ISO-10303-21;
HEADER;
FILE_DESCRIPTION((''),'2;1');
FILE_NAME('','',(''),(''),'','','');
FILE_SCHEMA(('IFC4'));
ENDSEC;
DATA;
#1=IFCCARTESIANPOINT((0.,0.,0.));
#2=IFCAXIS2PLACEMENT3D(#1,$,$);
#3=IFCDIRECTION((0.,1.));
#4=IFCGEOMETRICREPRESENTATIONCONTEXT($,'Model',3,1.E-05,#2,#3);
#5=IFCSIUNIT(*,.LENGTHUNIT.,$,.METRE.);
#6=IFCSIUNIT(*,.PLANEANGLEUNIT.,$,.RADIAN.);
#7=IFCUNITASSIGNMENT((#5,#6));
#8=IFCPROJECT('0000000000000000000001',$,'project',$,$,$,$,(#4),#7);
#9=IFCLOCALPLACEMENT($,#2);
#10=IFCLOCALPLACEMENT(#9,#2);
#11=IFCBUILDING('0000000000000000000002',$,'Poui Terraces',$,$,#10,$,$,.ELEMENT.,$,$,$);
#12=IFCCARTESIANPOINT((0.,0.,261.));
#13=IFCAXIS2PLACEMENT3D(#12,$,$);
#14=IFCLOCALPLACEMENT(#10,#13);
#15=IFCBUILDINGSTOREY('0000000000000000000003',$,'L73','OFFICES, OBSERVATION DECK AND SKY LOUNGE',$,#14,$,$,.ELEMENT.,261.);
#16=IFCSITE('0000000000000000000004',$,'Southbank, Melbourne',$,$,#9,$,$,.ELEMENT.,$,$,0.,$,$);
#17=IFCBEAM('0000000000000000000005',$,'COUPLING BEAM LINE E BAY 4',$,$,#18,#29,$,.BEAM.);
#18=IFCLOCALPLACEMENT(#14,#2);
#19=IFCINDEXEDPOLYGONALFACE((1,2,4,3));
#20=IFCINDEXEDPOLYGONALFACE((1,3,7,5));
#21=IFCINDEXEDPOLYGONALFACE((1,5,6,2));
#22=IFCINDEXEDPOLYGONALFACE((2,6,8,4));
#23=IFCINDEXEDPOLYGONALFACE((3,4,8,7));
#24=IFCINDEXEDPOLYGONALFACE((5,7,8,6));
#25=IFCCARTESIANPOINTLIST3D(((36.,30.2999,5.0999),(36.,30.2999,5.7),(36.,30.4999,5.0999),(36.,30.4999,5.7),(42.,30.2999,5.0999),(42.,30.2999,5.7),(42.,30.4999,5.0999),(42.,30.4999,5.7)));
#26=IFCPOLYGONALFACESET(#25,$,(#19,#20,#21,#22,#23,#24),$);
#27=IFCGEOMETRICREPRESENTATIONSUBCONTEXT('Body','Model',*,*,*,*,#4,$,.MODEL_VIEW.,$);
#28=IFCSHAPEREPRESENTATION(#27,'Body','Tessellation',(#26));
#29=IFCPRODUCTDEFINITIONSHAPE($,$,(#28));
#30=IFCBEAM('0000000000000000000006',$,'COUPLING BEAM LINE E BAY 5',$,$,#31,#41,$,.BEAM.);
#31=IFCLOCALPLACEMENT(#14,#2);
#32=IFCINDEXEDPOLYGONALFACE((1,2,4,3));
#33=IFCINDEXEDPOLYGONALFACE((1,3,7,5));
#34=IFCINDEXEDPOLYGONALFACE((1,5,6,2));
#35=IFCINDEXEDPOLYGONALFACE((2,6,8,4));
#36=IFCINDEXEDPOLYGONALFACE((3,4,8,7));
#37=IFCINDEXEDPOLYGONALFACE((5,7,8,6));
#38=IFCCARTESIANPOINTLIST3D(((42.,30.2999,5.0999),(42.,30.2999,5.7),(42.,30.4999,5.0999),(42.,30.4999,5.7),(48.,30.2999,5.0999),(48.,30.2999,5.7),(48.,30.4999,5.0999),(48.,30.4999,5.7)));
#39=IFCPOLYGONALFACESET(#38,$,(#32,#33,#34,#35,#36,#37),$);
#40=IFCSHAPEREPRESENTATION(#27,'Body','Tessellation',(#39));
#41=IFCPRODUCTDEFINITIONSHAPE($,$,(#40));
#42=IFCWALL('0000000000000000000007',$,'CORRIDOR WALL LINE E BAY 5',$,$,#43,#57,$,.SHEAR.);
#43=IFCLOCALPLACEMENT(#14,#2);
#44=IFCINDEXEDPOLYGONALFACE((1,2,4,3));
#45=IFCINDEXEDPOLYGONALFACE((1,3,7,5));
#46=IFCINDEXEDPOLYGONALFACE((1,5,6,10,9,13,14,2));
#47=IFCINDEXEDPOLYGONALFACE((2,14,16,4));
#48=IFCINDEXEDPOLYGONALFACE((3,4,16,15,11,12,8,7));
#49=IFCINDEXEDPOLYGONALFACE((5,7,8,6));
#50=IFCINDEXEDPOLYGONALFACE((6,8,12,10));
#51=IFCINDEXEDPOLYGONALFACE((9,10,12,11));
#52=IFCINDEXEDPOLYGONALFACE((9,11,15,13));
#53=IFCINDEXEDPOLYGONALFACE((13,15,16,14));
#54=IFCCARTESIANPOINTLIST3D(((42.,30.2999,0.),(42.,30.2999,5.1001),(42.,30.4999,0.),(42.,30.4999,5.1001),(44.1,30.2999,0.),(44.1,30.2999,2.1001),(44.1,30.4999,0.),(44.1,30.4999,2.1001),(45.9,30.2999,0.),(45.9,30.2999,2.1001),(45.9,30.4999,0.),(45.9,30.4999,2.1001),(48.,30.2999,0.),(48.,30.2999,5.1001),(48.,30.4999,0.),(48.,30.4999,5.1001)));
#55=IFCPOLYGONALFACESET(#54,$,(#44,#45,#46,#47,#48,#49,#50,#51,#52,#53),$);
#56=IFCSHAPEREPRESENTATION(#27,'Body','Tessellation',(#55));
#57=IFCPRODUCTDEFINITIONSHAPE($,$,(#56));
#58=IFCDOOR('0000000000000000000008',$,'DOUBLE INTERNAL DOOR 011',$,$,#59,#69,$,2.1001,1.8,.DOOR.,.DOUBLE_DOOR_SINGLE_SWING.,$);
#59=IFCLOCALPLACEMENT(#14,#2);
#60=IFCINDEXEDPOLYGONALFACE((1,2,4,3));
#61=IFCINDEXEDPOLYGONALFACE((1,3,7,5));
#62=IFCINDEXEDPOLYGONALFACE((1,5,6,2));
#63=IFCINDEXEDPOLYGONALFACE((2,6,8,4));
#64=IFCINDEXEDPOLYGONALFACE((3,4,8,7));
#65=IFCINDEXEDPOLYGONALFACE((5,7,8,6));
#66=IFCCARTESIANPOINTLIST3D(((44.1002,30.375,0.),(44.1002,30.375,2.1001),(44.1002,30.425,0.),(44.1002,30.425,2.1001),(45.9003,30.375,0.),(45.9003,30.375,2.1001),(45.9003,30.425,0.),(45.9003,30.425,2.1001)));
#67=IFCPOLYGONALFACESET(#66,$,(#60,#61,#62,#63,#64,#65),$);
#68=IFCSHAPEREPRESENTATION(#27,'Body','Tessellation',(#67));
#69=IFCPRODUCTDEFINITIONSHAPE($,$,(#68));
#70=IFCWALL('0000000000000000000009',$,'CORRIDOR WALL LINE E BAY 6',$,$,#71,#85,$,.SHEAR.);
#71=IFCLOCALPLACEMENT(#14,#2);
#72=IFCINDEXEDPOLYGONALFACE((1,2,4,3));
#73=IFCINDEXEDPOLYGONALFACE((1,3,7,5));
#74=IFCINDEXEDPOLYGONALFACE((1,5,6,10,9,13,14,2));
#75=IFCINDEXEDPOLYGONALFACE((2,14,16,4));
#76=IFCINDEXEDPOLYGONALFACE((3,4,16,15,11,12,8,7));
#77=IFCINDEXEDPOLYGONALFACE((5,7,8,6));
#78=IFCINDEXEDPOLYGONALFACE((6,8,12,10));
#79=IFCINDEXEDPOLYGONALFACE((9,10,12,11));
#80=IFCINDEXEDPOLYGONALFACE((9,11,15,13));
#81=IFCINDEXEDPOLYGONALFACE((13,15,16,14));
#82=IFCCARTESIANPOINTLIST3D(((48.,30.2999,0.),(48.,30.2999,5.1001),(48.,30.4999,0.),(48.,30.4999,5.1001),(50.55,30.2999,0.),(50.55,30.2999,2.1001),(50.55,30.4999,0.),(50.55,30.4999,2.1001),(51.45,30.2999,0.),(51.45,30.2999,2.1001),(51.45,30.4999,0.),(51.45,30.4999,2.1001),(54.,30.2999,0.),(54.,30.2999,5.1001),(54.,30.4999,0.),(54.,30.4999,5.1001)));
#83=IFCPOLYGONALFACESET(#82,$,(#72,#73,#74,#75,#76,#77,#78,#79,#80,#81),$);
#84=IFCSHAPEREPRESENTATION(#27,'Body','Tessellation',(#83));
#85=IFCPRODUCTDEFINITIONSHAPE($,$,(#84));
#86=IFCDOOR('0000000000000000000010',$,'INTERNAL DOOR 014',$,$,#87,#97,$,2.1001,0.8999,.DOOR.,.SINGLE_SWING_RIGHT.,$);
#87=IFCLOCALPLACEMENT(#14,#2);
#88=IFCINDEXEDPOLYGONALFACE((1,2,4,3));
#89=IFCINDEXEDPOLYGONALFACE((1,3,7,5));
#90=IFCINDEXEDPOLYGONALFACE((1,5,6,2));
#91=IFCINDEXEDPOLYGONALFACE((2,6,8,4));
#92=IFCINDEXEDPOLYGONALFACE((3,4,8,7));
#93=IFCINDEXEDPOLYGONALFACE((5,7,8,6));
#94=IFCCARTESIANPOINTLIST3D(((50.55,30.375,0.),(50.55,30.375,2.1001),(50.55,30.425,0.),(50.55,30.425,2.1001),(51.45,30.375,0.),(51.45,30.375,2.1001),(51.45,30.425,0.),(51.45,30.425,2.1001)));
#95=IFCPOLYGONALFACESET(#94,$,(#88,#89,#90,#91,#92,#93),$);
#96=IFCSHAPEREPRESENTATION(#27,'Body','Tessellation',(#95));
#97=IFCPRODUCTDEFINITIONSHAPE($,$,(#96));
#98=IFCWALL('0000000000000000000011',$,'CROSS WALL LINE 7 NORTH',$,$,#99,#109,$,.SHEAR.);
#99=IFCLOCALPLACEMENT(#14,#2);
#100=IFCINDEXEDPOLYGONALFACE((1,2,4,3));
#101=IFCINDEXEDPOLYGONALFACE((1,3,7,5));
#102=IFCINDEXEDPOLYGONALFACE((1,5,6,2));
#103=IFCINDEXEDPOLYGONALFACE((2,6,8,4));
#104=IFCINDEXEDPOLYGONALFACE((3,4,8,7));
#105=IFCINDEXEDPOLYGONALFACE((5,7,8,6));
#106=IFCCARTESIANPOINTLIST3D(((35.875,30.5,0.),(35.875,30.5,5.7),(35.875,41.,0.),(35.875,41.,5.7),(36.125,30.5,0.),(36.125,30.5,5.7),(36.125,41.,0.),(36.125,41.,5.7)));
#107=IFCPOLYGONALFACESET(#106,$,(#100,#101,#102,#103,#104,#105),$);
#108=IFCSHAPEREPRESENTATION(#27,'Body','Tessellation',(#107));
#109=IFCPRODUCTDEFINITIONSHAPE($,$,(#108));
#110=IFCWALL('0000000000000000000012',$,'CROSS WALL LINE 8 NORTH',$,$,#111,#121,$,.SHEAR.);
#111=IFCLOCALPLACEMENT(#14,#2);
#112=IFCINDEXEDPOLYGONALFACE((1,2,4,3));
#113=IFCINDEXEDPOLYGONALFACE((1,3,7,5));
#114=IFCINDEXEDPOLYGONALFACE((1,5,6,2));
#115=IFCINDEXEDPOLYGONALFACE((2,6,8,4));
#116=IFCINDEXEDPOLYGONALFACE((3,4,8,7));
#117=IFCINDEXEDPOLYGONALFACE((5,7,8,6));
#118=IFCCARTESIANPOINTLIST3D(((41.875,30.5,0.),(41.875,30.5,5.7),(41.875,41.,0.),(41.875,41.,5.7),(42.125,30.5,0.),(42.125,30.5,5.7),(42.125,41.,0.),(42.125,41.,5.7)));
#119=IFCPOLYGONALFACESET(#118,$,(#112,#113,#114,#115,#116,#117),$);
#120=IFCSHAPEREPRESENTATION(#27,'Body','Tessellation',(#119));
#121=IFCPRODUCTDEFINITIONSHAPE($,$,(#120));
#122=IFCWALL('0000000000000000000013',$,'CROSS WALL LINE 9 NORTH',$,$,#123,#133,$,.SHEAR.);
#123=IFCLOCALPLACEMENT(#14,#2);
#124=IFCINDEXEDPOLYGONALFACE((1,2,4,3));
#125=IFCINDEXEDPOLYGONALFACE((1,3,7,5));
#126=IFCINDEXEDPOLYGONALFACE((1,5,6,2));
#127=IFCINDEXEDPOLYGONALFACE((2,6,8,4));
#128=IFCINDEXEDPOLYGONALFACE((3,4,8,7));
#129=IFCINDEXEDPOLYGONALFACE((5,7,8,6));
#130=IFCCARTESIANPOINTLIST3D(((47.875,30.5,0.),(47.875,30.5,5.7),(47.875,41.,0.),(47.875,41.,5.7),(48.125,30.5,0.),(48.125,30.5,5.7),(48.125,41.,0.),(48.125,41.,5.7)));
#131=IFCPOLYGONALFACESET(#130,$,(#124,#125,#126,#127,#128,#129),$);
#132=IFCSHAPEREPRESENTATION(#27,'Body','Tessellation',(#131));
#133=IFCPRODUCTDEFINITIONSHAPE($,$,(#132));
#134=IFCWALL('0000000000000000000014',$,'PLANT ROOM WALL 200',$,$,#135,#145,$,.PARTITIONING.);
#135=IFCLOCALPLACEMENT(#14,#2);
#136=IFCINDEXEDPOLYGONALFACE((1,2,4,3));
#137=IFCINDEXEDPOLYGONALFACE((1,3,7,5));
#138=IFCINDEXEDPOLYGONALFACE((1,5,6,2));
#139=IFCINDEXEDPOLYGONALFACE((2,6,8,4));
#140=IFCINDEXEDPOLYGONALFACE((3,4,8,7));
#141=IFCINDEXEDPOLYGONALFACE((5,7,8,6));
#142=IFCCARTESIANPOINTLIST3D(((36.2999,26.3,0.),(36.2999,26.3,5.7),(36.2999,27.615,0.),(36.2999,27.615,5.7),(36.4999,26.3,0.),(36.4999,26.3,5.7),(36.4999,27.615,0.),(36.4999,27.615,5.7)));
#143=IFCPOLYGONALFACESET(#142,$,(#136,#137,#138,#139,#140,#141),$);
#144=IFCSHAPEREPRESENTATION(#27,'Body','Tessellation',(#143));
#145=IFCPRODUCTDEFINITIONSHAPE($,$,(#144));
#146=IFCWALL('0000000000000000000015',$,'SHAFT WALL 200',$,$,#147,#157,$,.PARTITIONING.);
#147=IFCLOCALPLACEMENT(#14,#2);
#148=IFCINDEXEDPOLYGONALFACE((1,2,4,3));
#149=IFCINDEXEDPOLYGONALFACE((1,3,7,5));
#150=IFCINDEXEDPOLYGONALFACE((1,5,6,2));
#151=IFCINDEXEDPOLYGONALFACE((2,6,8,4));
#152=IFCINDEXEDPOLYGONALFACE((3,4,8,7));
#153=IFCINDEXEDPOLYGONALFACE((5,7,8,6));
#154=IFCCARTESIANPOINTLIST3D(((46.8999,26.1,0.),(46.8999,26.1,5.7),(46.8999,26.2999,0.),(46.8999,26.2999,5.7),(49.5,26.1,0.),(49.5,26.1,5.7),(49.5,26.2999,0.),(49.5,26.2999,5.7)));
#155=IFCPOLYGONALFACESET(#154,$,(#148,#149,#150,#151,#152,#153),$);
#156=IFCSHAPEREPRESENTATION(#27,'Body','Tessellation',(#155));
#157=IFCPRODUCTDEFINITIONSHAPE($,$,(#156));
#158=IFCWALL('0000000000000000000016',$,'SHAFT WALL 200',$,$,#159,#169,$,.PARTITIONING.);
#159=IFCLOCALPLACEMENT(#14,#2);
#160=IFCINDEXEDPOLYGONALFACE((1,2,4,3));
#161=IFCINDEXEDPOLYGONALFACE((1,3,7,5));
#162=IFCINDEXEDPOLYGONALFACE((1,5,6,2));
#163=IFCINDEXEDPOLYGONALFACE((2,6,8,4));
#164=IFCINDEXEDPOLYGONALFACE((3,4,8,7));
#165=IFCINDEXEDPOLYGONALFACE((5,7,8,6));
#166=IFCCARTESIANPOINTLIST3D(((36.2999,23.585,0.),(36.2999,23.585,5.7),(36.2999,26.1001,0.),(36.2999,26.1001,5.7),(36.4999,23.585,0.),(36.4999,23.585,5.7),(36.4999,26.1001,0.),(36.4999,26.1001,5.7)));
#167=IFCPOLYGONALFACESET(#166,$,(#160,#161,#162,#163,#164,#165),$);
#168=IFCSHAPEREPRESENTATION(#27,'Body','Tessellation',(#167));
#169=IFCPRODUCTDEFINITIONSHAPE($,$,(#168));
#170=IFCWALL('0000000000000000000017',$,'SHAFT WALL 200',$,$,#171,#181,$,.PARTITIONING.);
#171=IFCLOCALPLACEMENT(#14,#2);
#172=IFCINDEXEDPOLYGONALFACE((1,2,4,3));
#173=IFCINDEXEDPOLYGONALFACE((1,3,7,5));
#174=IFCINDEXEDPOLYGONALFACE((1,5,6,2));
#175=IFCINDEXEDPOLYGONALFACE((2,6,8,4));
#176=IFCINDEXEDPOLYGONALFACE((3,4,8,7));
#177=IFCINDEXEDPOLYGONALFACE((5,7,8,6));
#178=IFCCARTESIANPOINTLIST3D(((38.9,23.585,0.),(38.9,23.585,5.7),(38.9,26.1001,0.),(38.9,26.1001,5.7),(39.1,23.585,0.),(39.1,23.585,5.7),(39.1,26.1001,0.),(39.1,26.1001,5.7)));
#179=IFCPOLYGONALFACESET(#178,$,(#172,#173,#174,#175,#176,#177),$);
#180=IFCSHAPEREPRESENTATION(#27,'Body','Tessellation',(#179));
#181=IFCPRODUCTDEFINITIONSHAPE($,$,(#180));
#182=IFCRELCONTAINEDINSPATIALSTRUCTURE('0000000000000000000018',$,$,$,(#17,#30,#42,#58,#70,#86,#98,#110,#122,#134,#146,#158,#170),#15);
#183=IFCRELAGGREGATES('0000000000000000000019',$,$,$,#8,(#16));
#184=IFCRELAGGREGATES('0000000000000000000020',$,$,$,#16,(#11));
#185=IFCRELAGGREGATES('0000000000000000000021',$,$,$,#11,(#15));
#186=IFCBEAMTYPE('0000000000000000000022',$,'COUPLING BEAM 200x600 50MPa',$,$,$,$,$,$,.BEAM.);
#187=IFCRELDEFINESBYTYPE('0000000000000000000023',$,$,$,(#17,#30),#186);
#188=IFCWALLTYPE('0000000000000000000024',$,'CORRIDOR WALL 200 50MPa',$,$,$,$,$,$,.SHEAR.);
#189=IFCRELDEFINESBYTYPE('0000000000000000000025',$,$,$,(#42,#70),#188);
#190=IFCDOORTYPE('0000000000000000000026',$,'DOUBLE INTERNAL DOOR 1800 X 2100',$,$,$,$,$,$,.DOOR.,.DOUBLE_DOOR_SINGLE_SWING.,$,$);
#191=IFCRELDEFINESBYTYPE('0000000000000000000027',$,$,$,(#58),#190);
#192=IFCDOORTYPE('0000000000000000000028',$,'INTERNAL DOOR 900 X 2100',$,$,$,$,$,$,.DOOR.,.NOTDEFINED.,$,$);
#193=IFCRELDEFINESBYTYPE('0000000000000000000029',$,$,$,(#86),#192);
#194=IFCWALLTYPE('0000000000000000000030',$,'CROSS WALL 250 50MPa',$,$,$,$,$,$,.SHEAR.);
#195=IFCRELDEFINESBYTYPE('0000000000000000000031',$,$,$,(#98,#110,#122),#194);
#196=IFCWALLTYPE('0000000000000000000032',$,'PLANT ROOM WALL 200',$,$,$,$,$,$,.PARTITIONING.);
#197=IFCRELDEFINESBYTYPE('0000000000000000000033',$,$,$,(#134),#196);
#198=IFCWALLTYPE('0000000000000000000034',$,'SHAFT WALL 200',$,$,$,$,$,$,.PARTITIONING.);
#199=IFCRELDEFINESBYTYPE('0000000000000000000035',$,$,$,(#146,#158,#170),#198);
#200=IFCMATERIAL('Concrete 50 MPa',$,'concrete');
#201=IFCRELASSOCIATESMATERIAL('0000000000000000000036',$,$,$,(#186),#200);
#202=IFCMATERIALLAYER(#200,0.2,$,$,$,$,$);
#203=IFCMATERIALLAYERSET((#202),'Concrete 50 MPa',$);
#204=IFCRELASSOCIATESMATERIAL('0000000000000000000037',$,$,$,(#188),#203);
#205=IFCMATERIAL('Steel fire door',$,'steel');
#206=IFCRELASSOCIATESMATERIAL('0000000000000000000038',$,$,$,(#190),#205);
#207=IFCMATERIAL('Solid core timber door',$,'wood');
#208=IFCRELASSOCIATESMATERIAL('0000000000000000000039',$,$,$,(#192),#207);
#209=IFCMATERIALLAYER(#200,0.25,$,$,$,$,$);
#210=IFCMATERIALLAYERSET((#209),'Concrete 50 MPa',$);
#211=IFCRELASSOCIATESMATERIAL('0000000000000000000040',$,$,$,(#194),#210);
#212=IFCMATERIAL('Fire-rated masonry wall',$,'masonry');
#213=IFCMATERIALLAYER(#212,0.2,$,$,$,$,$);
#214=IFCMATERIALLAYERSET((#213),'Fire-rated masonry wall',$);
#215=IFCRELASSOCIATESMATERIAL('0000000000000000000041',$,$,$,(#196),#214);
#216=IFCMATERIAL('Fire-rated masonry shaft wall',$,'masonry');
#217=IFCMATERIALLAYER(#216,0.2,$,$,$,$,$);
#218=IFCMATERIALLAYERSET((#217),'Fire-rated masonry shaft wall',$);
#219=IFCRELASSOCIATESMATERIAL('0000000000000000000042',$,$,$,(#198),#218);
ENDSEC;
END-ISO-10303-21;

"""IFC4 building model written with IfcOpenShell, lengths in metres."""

from ifc_helpers import new_model, si_unit, direction, frame, frame_2d, origin, origin_2d, place, context, subcontext, project, spatial, rectangle, extrude, source, transform, mapped, material, layer, layer_set, material_profile, profile_set, type_object, element, fill, save


model = new_model("IFC4")

# Units and contexts
model_context = context("Model", 3, precision=1e-05, world=origin(), true_north=direction((0.0, 1.0)))
body_context = subcontext(model_context, "Body", "Model", "MODEL_VIEW")
ifc_project = project(units=[si_unit("LENGTHUNIT", "METRE"), si_unit("PLANEANGLEUNIT", "RADIAN")], contexts=[model_context])

# Site, building, storey
site_placement = place(None, origin())
site = spatial("IfcSite", under=ifc_project, at=site_placement, Name="Southbank, Melbourne", CompositionType="ELEMENT", RefElevation=0.0)
building_placement = place(site_placement, origin())
building = spatial("IfcBuilding", under=site, at=building_placement, Name="Poui Terraces", CompositionType="ELEMENT")
storey_placement = place(building_placement, frame((0.0, 0.0, 261.0)))
storey = spatial("IfcBuildingStorey", under=building, at=storey_placement, Name="L73", Description="OFFICES, OBSERVATION DECK AND SKY LOUNGE", CompositionType="ELEMENT", Elevation=261.0)

# Beams
ifc_material_1 = material(Name="Concrete 50 MPa", Category="concrete")
ifc_material_profile = material_profile(ifc_material_1, rectangle(XDim=0.2, YDim=0.6001, at=origin_2d()), Name="RC 200x600")
ifc_profile_set = profile_set([ifc_material_profile], Name="Concrete 50 MPa")
beam_type = type_object("IfcBeamType", Name="COUPLING BEAM 200x600 50MPa", PredefinedType="BEAM", material=ifc_profile_set)
shared_shape = source(origin(), body_context, "Body", "SweptSolid", [
    extrude(rectangle(XDim=0.2, YDim=0.6001, at=origin_2d()), origin(), (0.0, 0.0, 1.0), 6.0),
])
for number, where, z_axis, x_axis, name in (
    (1, (36.0, 30.3999, 5.3999), (1.0, 0.0, 0.0), (0.0, 1.0, 0.0), "COUPLING BEAM LINE E BAY 4"),
    (2, (42.0, 30.3999, 5.3999), (1.0, 0.0, 0.0), (0.0, 1.0, 0.0), "COUPLING BEAM LINE E BAY 5"),
):
    element("IfcBeam", number, at=place(storey_placement, frame(where, z_axis=z_axis, x_axis=x_axis)), inside=storey, type_object=beam_type, Name=name, PredefinedType="BEAM", context=body_context, shape_type="MappedRepresentation", body=[
        mapped(shared_shape, transform((0.0, 0.0, 0.0))),
    ])

# Walls, openings, doors
ifc_layer_1 = layer(ifc_material_1, 0.2)
ifc_layer_set_1 = layer_set([ifc_layer_1], Name="Concrete 50 MPa")
wall_type_1 = type_object("IfcWallType", Name="CORRIDOR WALL 200 50MPa", PredefinedType="SHEAR", material=ifc_layer_set_1)
wall_1_placement = place(storey_placement, frame((42.0, 30.3999, 0.0), z_axis=(0.0, 0.0, 1.0), x_axis=(1.0, 0.0, 0.0)))
wall_1 = element("IfcWall", 3, at=wall_1_placement, inside=storey, type_object=wall_type_1, Name="CORRIDOR WALL LINE E BAY 5", PredefinedType="SHEAR", context=body_context, shape_type="SweptSolid", body=[
    extrude(rectangle(XDim=6.0, YDim=0.2, at=frame_2d((3.0, 0.0))), origin(), (0.0, 0.0, 1.0), 5.1001),
])
opening_1_placement = place(wall_1_placement, frame((2.1001, 0.0, 0.0)))
opening_1 = element("IfcOpeningElement", 4, at=opening_1_placement, cuts=wall_1, PredefinedType="OPENING", context=body_context, shape_type="SweptSolid", body=[
    extrude(rectangle(XDim=1.8, YDim=2.1001, at=frame_2d((0.8999, 1.05))), frame((0.0, 0.1099, 0.0), z_axis=(0.0, -1.0, 0.0), x_axis=(1.0, 0.0, 0.0)), (0.0, 0.0, 1.0), 0.22),
])
ifc_material_2 = material(Name="Steel fire door", Category="steel")
door_type_1 = type_object("IfcDoorType", Name="DOUBLE INTERNAL DOOR 1800 X 2100", OperationType="DOUBLE_DOOR_SINGLE_SWING", PredefinedType="DOOR", material=ifc_material_2)
door_1_placement = place(opening_1_placement, frame((1.8, 0.0, 0.0), z_axis=(0.0, 0.0, 1.0), x_axis=(-1.0, 0.0, 0.0)))
door_1 = element("IfcDoor", 5, at=door_1_placement, inside=storey, type_object=door_type_1, Name="DOUBLE INTERNAL DOOR 011", OperationType="DOUBLE_DOOR_SINGLE_SWING", OverallHeight=2.1001, OverallWidth=1.8, PredefinedType="DOOR", context=body_context, shape_type="SweptSolid", body=[
    extrude(rectangle(XDim=1.8, YDim=2.1001, at=frame_2d((0.8999, 1.05))), frame((0.0, 0.0249, 0.0), z_axis=(0.0, -1.0, 0.0), x_axis=(1.0, 0.0, 0.0)), (0.0, 0.0, 1.0), 0.05),
])
fill(opening_1, door_1)
wall_2_placement = place(storey_placement, frame((48.0, 30.3999, 0.0), z_axis=(0.0, 0.0, 1.0), x_axis=(1.0, 0.0, 0.0)))
wall_2 = element("IfcWall", 6, at=wall_2_placement, inside=storey, type_object=wall_type_1, Name="CORRIDOR WALL LINE E BAY 6", PredefinedType="SHEAR", context=body_context, shape_type="SweptSolid", body=[
    extrude(rectangle(XDim=6.0, YDim=0.2, at=frame_2d((3.0, 0.0))), origin(), (0.0, 0.0, 1.0), 5.1001),
])
opening_2_placement = place(wall_2_placement, frame((2.55, 0.0, 0.0)))
opening_2 = element("IfcOpeningElement", 7, at=opening_2_placement, cuts=wall_2, PredefinedType="OPENING", context=body_context, shape_type="SweptSolid", body=[
    extrude(rectangle(XDim=0.8999, YDim=2.1001, at=frame_2d((0.45, 1.05))), frame((0.0, 0.1099, 0.0), z_axis=(0.0, -1.0, 0.0), x_axis=(1.0, 0.0, 0.0)), (0.0, 0.0, 1.0), 0.22),
])
ifc_material_3 = material(Name="Solid core timber door", Category="wood")
door_type_2 = type_object("IfcDoorType", Name="INTERNAL DOOR 900 X 2100", OperationType="NOTDEFINED", PredefinedType="DOOR", material=ifc_material_3)
door_2_placement = place(opening_2_placement, frame((0.8999, 0.0, 0.0), z_axis=(0.0, 0.0, 1.0), x_axis=(-1.0, 0.0, 0.0)))
door_2 = element("IfcDoor", 8, at=door_2_placement, inside=storey, type_object=door_type_2, Name="INTERNAL DOOR 014", OperationType="SINGLE_SWING_RIGHT", OverallHeight=2.1001, OverallWidth=0.8999, PredefinedType="DOOR", context=body_context, shape_type="SweptSolid", body=[
    extrude(rectangle(XDim=0.8999, YDim=2.1001, at=frame_2d((0.45, 1.05))), frame((0.0, 0.0249, 0.0), z_axis=(0.0, -1.0, 0.0), x_axis=(1.0, 0.0, 0.0)), (0.0, 0.0, 1.0), 0.05),
])
fill(opening_2, door_2)

# Walls
ifc_layer_2 = layer(ifc_material_1, 0.25)
ifc_layer_set_2 = layer_set([ifc_layer_2], Name="Concrete 50 MPa")
wall_type_2 = type_object("IfcWallType", Name="CROSS WALL 250 50MPa", PredefinedType="SHEAR", material=ifc_layer_set_2)
for number, where, z_axis, x_axis, name in (
    (9, (36.0, 30.5, 0.0), (0.0, 0.0, 1.0), (0.0, 1.0, 0.0), "CROSS WALL LINE 7 NORTH"),
    (10, (42.0, 30.5, 0.0), (0.0, 0.0, 1.0), (0.0, 1.0, 0.0), "CROSS WALL LINE 8 NORTH"),
    (11, (48.0, 30.5, 0.0), (0.0, 0.0, 1.0), (0.0, 1.0, 0.0), "CROSS WALL LINE 9 NORTH"),
):
    element("IfcWall", number, at=place(storey_placement, frame(where, z_axis=z_axis, x_axis=x_axis)), inside=storey, type_object=wall_type_2, Name=name, PredefinedType="SHEAR", context=body_context, shape_type="SweptSolid", body=[
        extrude(rectangle(XDim=10.5, YDim=0.25, at=frame_2d((5.25, 0.0))), origin(), (0.0, 0.0, 1.0), 5.7),
    ])
ifc_material_4 = material(Name="Fire-rated masonry wall", Category="masonry")
ifc_layer_3 = layer(ifc_material_4, 0.2)
ifc_layer_set_3 = layer_set([ifc_layer_3], Name="Fire-rated masonry wall")
wall_type_3 = type_object("IfcWallType", Name="PLANT ROOM WALL 200", PredefinedType="PARTITIONING", material=ifc_layer_set_3)
wall_3_placement = place(storey_placement, frame((36.3999, 26.3, 0.0), z_axis=(0.0, 0.0, 1.0), x_axis=(0.0, 1.0, 0.0)))
element("IfcWall", 12, at=wall_3_placement, inside=storey, type_object=wall_type_3, Name="PLANT ROOM WALL 200", PredefinedType="PARTITIONING", context=body_context, shape_type="SweptSolid", body=[
    extrude(rectangle(XDim=1.3149, YDim=0.2, at=frame_2d((0.6575, 0.0))), origin(), (0.0, 0.0, 1.0), 5.7),
])
ifc_material_5 = material(Name="Fire-rated masonry shaft wall", Category="masonry")
ifc_layer_4 = layer(ifc_material_5, 0.2)
ifc_layer_set_4 = layer_set([ifc_layer_4], Name="Fire-rated masonry shaft wall")
wall_type_4 = type_object("IfcWallType", Name="SHAFT WALL 200", PredefinedType="PARTITIONING", material=ifc_layer_set_4)
wall_4_placement = place(storey_placement, frame((46.8999, 26.2, 0.0), z_axis=(0.0, 0.0, 1.0), x_axis=(1.0, 0.0, 0.0)))
element("IfcWall", 13, at=wall_4_placement, inside=storey, type_object=wall_type_4, Name="SHAFT WALL 200", PredefinedType="PARTITIONING", context=body_context, shape_type="SweptSolid", body=[
    extrude(rectangle(XDim=2.6001, YDim=0.2, at=frame_2d((1.3, 0.0))), origin(), (0.0, 0.0, 1.0), 5.7),
])
for number, where, z_axis, x_axis, name in (
    (14, (36.3999, 23.585, 0.0), (0.0, 0.0, 1.0), (0.0, 1.0, 0.0), "SHAFT WALL 200"),
    (15, (39.0, 23.585, 0.0), (0.0, 0.0, 1.0), (0.0, 1.0, 0.0), "SHAFT WALL 200"),
):
    element("IfcWall", number, at=place(storey_placement, frame(where, z_axis=z_axis, x_axis=x_axis)), inside=storey, type_object=wall_type_4, Name=name, PredefinedType="PARTITIONING", context=body_context, shape_type="SweptSolid", body=[
        extrude(rectangle(XDim=2.5151, YDim=0.2, at=frame_2d((1.2576, 0.0))), origin(), (0.0, 0.0, 1.0), 5.7),
    ])

save(model, "model.ifc")
